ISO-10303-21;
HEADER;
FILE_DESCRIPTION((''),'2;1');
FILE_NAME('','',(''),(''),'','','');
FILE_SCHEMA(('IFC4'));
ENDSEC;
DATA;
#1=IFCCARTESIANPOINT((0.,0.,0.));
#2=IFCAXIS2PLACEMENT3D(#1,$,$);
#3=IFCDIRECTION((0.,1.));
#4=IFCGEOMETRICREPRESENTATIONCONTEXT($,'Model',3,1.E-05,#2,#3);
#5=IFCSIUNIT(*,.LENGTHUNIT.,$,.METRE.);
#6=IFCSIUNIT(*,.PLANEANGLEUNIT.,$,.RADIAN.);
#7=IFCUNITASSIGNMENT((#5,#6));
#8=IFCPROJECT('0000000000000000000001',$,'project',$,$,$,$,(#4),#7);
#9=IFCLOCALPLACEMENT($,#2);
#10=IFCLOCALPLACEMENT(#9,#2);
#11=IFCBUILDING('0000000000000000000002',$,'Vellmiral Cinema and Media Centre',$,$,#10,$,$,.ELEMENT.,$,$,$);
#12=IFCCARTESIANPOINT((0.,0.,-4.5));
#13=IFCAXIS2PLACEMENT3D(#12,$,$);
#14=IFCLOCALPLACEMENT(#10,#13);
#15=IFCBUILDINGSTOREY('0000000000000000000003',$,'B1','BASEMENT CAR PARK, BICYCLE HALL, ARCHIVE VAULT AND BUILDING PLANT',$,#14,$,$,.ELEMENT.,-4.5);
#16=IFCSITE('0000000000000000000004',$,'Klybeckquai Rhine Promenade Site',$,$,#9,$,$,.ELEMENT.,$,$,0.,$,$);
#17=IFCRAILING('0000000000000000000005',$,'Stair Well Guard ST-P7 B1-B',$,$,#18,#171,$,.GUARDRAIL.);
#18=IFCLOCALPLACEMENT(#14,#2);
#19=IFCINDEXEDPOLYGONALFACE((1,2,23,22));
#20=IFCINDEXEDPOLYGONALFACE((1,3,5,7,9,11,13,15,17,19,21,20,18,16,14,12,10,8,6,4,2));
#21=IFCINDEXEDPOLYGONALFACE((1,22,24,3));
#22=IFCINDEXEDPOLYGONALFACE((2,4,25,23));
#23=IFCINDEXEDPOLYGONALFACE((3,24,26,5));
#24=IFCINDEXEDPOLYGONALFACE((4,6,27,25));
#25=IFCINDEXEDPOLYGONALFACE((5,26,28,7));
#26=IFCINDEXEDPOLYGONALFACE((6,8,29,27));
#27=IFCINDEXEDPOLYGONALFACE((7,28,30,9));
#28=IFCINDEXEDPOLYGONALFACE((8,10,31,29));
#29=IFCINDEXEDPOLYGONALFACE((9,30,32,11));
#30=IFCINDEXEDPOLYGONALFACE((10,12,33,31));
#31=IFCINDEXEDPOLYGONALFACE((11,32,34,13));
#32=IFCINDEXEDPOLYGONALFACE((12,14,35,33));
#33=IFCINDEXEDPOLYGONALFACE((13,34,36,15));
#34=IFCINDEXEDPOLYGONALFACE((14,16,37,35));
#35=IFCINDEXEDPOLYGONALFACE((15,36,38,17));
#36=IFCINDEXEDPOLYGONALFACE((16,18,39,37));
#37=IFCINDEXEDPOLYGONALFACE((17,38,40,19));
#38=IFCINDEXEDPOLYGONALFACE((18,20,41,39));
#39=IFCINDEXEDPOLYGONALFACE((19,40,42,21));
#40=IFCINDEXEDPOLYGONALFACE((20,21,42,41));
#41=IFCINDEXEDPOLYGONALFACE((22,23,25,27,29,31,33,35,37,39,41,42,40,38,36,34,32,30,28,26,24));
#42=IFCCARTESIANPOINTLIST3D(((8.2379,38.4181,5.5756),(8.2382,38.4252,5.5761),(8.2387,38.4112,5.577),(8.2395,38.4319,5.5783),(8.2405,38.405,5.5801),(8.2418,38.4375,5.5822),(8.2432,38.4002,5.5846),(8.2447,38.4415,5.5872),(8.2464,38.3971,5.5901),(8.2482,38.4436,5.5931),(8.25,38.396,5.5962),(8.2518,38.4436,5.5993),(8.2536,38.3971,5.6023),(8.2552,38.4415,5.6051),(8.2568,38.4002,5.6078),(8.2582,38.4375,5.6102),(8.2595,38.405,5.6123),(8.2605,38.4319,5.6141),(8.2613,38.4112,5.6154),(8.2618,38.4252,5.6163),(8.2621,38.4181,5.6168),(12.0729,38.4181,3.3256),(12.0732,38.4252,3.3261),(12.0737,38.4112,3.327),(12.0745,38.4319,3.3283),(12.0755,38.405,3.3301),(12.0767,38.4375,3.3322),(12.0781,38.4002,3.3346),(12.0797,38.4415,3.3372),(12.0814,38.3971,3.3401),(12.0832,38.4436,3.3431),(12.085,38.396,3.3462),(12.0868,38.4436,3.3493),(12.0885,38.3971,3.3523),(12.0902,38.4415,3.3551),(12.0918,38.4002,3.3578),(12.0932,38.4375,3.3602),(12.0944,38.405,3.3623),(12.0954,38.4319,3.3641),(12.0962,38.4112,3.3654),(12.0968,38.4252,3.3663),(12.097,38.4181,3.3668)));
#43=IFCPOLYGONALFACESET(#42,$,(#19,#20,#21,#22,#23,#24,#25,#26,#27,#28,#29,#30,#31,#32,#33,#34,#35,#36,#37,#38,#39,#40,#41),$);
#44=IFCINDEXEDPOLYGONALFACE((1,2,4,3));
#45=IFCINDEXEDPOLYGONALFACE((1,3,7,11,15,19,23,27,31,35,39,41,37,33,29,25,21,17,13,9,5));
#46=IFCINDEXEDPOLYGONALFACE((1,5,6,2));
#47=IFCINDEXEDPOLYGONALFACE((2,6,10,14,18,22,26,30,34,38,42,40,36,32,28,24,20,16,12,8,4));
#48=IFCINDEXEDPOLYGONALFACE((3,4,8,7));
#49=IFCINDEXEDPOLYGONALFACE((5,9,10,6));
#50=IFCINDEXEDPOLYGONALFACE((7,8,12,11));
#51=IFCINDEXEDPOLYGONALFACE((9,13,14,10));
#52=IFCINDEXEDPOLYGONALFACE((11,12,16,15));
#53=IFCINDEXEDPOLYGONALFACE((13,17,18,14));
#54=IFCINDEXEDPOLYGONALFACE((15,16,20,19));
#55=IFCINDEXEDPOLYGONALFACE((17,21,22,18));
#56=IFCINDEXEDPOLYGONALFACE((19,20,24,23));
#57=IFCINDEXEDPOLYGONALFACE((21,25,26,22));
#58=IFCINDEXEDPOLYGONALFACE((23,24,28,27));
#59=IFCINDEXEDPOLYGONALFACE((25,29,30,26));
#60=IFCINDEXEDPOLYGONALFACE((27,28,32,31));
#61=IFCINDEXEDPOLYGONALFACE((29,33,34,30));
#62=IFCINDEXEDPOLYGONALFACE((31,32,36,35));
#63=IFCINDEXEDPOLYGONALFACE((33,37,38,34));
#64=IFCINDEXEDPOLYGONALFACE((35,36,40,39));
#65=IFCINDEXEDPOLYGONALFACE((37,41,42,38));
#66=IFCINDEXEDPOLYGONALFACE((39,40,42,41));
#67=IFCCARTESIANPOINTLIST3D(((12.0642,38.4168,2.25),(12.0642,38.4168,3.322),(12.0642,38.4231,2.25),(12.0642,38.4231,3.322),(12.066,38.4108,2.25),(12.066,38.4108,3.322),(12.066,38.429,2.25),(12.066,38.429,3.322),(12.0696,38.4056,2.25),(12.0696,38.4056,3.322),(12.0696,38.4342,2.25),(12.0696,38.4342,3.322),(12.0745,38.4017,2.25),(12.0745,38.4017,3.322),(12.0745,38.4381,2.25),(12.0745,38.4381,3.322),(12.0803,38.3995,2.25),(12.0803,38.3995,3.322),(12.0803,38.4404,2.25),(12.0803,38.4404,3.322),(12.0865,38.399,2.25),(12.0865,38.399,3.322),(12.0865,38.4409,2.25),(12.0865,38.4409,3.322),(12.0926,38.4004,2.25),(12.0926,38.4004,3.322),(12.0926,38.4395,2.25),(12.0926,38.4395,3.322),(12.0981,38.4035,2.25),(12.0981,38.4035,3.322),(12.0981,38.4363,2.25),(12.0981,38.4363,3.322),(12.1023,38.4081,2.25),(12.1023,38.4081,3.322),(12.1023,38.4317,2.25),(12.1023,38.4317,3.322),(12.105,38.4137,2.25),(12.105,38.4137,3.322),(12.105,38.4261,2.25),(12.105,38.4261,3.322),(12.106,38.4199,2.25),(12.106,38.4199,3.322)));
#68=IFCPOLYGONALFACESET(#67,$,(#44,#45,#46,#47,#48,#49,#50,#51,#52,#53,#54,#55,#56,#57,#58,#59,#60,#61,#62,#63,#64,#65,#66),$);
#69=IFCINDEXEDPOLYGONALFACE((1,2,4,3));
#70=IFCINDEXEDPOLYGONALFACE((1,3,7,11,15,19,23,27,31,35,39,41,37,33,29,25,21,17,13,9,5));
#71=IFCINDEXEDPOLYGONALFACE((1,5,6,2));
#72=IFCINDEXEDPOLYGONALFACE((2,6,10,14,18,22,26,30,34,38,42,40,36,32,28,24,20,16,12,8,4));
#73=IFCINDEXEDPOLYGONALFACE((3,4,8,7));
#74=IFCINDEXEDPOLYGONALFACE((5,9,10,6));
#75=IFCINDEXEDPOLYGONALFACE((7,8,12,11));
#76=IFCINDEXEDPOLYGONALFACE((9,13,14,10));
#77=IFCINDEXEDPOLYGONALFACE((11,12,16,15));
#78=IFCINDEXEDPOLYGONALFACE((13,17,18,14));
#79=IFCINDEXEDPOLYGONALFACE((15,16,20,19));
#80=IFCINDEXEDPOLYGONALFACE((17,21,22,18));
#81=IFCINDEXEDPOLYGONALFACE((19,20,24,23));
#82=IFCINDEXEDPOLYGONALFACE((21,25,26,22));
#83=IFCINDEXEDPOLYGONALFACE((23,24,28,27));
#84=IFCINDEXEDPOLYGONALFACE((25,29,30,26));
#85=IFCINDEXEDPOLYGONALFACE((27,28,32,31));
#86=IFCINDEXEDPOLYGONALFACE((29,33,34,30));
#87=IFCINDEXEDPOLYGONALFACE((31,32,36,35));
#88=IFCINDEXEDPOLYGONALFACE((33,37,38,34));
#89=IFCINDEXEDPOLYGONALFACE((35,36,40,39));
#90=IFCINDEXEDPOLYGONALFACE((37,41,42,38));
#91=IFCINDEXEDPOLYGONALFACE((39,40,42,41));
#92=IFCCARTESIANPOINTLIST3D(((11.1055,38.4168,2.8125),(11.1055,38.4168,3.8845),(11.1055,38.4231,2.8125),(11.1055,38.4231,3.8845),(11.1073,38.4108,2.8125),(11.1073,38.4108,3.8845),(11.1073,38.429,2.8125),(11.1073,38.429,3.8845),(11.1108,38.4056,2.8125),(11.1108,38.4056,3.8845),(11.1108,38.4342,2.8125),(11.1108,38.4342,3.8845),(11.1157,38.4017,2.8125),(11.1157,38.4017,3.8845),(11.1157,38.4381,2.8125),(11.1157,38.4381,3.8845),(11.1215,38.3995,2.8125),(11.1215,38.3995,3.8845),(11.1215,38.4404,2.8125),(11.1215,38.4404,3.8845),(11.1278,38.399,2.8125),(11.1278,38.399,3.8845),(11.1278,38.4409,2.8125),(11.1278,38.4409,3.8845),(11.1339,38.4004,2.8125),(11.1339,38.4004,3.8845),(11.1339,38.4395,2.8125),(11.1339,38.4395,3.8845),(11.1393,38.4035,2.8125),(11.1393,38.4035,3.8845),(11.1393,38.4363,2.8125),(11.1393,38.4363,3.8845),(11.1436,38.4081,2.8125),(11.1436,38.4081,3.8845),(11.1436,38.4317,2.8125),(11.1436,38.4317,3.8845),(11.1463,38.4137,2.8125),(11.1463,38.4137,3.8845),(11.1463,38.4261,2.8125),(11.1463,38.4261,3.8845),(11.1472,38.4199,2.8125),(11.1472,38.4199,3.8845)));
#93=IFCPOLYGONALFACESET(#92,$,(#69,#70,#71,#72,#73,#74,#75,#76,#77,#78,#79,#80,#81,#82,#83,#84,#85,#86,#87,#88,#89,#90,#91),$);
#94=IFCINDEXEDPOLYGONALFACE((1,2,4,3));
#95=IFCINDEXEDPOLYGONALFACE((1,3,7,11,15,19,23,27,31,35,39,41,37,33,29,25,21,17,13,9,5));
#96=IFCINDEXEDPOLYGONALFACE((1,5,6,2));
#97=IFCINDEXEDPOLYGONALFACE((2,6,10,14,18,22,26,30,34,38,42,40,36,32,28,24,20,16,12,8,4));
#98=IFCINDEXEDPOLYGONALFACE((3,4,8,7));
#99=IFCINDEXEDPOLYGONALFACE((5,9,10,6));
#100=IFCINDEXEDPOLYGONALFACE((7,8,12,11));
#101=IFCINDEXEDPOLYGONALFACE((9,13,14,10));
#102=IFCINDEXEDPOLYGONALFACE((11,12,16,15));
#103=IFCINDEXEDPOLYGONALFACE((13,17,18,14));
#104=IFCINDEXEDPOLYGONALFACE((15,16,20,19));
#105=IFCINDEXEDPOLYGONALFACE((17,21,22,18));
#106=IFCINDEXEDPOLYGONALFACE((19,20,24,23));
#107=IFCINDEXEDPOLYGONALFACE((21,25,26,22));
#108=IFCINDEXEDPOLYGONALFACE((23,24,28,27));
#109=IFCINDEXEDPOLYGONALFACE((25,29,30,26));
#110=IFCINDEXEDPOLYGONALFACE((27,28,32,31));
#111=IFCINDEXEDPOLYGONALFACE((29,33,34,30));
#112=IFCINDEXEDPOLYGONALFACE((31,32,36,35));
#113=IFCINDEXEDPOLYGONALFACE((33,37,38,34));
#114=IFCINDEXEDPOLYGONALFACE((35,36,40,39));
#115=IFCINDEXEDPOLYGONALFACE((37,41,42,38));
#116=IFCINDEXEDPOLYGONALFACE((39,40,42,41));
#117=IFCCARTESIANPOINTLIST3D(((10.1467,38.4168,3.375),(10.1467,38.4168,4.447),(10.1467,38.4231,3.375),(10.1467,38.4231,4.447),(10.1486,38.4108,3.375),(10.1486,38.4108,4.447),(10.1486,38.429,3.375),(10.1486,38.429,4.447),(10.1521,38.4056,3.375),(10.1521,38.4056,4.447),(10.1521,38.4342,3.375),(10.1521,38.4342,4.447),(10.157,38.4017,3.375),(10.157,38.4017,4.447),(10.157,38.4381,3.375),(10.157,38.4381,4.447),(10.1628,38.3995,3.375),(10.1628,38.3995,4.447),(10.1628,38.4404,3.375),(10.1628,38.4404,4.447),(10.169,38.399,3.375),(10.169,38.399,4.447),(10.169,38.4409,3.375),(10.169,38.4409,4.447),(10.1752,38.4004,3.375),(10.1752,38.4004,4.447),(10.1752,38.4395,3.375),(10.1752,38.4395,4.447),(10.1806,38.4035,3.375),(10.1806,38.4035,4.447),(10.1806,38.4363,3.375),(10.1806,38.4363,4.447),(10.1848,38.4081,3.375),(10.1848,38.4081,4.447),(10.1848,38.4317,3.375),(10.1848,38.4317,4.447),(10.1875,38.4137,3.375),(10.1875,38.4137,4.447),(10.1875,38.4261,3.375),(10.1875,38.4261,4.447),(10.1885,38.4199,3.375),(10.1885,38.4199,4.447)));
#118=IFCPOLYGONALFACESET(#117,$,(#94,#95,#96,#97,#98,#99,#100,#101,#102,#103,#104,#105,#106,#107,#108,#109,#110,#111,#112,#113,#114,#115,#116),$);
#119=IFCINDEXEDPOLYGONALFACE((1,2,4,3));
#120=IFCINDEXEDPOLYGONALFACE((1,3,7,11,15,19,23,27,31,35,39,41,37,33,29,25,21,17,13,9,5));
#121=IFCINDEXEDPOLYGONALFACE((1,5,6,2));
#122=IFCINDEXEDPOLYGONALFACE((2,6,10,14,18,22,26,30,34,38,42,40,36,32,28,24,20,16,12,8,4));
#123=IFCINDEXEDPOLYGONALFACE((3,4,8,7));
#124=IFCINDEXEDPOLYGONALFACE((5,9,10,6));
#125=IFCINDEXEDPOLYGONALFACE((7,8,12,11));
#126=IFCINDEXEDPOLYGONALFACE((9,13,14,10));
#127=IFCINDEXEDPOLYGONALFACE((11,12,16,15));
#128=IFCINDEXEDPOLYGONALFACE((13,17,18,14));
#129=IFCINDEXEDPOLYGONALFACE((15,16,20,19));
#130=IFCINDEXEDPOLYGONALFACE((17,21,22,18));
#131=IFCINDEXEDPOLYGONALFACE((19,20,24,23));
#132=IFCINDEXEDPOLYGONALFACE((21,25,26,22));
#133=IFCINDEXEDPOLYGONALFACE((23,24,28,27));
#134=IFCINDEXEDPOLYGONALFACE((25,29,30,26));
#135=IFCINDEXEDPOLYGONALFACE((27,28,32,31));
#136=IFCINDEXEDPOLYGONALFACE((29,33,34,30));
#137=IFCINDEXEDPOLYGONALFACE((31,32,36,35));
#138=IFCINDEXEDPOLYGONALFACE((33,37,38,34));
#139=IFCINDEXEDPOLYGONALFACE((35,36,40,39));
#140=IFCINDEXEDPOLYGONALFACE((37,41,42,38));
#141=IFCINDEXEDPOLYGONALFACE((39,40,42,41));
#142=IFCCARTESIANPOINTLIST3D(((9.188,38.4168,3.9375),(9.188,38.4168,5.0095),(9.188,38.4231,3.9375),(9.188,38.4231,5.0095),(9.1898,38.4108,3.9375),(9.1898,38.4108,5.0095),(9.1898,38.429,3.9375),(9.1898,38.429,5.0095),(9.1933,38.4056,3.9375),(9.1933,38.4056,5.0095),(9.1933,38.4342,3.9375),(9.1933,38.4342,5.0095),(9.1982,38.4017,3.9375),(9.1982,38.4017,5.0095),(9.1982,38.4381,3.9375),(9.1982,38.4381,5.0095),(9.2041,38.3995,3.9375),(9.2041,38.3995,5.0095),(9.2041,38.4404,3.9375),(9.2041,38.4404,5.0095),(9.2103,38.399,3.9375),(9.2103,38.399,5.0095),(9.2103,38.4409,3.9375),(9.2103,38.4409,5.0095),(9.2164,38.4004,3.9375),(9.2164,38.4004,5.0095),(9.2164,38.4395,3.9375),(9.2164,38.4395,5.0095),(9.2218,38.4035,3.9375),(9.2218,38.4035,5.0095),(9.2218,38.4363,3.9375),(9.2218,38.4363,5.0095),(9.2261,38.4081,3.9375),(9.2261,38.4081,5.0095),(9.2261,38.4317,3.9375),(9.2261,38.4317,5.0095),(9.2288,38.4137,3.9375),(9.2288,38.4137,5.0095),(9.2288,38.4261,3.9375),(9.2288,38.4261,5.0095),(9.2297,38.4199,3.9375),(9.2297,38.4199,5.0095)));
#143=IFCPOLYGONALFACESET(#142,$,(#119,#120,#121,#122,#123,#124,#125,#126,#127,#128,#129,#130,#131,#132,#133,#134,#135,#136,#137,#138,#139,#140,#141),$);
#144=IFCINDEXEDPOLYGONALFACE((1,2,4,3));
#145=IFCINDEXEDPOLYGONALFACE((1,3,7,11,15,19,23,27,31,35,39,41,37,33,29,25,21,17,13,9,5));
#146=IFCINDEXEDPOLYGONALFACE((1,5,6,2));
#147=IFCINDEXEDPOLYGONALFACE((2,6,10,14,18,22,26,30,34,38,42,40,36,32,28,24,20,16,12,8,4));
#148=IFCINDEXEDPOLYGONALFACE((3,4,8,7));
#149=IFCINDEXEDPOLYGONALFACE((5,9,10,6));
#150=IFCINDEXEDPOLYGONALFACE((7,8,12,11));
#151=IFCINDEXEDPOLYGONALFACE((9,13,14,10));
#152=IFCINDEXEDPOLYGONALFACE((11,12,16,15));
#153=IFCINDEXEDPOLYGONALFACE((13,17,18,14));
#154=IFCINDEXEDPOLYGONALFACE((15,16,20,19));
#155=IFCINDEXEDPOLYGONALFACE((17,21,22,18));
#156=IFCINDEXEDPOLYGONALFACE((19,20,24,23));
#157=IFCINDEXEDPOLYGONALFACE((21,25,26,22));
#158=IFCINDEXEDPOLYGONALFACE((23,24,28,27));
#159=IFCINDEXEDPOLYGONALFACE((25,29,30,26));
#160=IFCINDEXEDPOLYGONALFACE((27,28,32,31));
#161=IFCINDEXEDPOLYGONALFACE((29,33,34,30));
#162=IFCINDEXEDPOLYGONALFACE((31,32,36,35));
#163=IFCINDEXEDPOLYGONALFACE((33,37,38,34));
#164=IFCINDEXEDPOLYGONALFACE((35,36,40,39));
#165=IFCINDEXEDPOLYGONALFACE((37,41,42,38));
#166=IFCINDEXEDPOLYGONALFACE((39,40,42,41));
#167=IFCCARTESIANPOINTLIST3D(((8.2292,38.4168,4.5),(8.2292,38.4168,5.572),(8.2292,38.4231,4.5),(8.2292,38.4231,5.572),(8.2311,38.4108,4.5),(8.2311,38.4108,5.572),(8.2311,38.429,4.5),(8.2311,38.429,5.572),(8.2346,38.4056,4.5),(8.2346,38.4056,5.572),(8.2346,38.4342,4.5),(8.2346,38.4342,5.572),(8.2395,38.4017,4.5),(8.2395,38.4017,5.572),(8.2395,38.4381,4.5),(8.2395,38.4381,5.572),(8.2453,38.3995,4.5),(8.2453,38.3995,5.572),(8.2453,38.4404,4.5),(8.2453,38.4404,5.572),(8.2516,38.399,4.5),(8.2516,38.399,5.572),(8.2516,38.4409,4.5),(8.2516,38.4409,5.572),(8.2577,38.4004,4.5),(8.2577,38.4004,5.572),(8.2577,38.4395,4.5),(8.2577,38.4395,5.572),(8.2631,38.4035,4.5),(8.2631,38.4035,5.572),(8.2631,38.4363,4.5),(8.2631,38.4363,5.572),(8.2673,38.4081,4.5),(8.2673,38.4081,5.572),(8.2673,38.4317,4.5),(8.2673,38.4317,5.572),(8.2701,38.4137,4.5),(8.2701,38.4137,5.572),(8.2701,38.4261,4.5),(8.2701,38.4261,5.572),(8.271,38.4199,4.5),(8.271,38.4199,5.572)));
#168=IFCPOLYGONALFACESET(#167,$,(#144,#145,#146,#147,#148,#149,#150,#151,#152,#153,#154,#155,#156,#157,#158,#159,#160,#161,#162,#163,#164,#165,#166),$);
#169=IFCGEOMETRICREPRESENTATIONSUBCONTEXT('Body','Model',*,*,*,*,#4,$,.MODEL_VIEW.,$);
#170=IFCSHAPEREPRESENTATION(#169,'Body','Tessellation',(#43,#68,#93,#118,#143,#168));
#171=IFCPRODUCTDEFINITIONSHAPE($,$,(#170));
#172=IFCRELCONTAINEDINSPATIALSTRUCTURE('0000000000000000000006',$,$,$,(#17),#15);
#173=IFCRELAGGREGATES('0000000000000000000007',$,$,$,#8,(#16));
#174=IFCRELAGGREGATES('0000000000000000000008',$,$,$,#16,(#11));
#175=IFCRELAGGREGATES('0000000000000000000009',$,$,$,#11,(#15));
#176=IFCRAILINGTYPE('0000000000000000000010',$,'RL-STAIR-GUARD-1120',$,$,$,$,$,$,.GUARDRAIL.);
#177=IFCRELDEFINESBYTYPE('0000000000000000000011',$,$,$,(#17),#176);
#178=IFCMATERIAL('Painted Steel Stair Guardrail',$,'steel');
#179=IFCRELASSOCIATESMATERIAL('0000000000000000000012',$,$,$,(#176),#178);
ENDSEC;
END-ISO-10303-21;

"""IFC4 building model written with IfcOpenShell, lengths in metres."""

from ifc_helpers import new_model, si_unit, direction, frame, origin, origin_2d, place, context, subcontext, project, spatial, circle, extrude, material, type_object, element, save


model = new_model("IFC4")

# Units and contexts
model_context = context("Model", 3, precision=1e-05, world=origin(), true_north=direction((0.0, 1.0)))
body_context = subcontext(model_context, "Body", "Model", "MODEL_VIEW")
ifc_project = project(units=[si_unit("LENGTHUNIT", "METRE"), si_unit("PLANEANGLEUNIT", "RADIAN")], contexts=[model_context])

# Site, building, storey
site_placement = place(None, origin())
site = spatial("IfcSite", under=ifc_project, at=site_placement, Name="Klybeckquai Rhine Promenade Site", CompositionType="ELEMENT", RefElevation=0.0)
building_placement = place(site_placement, origin())
building = spatial("IfcBuilding", under=site, at=building_placement, Name="Vellmiral Cinema and Media Centre", CompositionType="ELEMENT")
storey_placement = place(building_placement, frame((0.0, 0.0, -4.5)))
storey = spatial("IfcBuildingStorey", under=building, at=storey_placement, Name="B1", Description="BASEMENT CAR PARK, BICYCLE HALL, ARCHIVE VAULT AND BUILDING PLANT", CompositionType="ELEMENT", Elevation=-4.5)

# Railing
ifc_material_1 = material(Name="Painted Steel Stair Guardrail", Category="steel")
railing_type_1 = type_object("IfcRailingType", Name="RL-STAIR-GUARD-1120", PredefinedType="GUARDRAIL", material=ifc_material_1)
railing_1_placement = place(storey_placement, frame((12.085, 38.4199, 2.25)))
element("IfcRailing", 1, at=railing_1_placement, inside=storey, type_object=railing_type_1, Name="Stair Well Guard ST-P7 B1-B", PredefinedType="GUARDRAIL", context=body_context, shape_type="SweptSolid", body=[
    extrude(circle(Radius=0.0239, at=origin_2d()), frame((0.0, 0.0, 1.0962), z_axis=(-0.86251, 0.0, 0.506041), x_axis=(0.0, -1.0, 0.0)), (0.0, 0.0, 1.0), 4.4463),
    extrude(circle(Radius=0.021, at=origin_2d()), origin(), (0.0, 0.0, 1.0), 1.072),
    extrude(circle(Radius=0.021, at=origin_2d()), frame((-0.9587, 0.0, 0.5625)), (0.0, 0.0, 1.0), 1.072),
    extrude(circle(Radius=0.021, at=origin_2d()), frame((-1.9175, 0.0, 1.125)), (0.0, 0.0, 1.0), 1.072),
    extrude(circle(Radius=0.021, at=origin_2d()), frame((-2.8762, 0.0, 1.6875)), (0.0, 0.0, 1.0), 1.072),
    extrude(circle(Radius=0.021, at=origin_2d()), frame((-3.835, 0.0, 2.25)), (0.0, 0.0, 1.0), 1.072),
])

save(model, "model.ifc")
